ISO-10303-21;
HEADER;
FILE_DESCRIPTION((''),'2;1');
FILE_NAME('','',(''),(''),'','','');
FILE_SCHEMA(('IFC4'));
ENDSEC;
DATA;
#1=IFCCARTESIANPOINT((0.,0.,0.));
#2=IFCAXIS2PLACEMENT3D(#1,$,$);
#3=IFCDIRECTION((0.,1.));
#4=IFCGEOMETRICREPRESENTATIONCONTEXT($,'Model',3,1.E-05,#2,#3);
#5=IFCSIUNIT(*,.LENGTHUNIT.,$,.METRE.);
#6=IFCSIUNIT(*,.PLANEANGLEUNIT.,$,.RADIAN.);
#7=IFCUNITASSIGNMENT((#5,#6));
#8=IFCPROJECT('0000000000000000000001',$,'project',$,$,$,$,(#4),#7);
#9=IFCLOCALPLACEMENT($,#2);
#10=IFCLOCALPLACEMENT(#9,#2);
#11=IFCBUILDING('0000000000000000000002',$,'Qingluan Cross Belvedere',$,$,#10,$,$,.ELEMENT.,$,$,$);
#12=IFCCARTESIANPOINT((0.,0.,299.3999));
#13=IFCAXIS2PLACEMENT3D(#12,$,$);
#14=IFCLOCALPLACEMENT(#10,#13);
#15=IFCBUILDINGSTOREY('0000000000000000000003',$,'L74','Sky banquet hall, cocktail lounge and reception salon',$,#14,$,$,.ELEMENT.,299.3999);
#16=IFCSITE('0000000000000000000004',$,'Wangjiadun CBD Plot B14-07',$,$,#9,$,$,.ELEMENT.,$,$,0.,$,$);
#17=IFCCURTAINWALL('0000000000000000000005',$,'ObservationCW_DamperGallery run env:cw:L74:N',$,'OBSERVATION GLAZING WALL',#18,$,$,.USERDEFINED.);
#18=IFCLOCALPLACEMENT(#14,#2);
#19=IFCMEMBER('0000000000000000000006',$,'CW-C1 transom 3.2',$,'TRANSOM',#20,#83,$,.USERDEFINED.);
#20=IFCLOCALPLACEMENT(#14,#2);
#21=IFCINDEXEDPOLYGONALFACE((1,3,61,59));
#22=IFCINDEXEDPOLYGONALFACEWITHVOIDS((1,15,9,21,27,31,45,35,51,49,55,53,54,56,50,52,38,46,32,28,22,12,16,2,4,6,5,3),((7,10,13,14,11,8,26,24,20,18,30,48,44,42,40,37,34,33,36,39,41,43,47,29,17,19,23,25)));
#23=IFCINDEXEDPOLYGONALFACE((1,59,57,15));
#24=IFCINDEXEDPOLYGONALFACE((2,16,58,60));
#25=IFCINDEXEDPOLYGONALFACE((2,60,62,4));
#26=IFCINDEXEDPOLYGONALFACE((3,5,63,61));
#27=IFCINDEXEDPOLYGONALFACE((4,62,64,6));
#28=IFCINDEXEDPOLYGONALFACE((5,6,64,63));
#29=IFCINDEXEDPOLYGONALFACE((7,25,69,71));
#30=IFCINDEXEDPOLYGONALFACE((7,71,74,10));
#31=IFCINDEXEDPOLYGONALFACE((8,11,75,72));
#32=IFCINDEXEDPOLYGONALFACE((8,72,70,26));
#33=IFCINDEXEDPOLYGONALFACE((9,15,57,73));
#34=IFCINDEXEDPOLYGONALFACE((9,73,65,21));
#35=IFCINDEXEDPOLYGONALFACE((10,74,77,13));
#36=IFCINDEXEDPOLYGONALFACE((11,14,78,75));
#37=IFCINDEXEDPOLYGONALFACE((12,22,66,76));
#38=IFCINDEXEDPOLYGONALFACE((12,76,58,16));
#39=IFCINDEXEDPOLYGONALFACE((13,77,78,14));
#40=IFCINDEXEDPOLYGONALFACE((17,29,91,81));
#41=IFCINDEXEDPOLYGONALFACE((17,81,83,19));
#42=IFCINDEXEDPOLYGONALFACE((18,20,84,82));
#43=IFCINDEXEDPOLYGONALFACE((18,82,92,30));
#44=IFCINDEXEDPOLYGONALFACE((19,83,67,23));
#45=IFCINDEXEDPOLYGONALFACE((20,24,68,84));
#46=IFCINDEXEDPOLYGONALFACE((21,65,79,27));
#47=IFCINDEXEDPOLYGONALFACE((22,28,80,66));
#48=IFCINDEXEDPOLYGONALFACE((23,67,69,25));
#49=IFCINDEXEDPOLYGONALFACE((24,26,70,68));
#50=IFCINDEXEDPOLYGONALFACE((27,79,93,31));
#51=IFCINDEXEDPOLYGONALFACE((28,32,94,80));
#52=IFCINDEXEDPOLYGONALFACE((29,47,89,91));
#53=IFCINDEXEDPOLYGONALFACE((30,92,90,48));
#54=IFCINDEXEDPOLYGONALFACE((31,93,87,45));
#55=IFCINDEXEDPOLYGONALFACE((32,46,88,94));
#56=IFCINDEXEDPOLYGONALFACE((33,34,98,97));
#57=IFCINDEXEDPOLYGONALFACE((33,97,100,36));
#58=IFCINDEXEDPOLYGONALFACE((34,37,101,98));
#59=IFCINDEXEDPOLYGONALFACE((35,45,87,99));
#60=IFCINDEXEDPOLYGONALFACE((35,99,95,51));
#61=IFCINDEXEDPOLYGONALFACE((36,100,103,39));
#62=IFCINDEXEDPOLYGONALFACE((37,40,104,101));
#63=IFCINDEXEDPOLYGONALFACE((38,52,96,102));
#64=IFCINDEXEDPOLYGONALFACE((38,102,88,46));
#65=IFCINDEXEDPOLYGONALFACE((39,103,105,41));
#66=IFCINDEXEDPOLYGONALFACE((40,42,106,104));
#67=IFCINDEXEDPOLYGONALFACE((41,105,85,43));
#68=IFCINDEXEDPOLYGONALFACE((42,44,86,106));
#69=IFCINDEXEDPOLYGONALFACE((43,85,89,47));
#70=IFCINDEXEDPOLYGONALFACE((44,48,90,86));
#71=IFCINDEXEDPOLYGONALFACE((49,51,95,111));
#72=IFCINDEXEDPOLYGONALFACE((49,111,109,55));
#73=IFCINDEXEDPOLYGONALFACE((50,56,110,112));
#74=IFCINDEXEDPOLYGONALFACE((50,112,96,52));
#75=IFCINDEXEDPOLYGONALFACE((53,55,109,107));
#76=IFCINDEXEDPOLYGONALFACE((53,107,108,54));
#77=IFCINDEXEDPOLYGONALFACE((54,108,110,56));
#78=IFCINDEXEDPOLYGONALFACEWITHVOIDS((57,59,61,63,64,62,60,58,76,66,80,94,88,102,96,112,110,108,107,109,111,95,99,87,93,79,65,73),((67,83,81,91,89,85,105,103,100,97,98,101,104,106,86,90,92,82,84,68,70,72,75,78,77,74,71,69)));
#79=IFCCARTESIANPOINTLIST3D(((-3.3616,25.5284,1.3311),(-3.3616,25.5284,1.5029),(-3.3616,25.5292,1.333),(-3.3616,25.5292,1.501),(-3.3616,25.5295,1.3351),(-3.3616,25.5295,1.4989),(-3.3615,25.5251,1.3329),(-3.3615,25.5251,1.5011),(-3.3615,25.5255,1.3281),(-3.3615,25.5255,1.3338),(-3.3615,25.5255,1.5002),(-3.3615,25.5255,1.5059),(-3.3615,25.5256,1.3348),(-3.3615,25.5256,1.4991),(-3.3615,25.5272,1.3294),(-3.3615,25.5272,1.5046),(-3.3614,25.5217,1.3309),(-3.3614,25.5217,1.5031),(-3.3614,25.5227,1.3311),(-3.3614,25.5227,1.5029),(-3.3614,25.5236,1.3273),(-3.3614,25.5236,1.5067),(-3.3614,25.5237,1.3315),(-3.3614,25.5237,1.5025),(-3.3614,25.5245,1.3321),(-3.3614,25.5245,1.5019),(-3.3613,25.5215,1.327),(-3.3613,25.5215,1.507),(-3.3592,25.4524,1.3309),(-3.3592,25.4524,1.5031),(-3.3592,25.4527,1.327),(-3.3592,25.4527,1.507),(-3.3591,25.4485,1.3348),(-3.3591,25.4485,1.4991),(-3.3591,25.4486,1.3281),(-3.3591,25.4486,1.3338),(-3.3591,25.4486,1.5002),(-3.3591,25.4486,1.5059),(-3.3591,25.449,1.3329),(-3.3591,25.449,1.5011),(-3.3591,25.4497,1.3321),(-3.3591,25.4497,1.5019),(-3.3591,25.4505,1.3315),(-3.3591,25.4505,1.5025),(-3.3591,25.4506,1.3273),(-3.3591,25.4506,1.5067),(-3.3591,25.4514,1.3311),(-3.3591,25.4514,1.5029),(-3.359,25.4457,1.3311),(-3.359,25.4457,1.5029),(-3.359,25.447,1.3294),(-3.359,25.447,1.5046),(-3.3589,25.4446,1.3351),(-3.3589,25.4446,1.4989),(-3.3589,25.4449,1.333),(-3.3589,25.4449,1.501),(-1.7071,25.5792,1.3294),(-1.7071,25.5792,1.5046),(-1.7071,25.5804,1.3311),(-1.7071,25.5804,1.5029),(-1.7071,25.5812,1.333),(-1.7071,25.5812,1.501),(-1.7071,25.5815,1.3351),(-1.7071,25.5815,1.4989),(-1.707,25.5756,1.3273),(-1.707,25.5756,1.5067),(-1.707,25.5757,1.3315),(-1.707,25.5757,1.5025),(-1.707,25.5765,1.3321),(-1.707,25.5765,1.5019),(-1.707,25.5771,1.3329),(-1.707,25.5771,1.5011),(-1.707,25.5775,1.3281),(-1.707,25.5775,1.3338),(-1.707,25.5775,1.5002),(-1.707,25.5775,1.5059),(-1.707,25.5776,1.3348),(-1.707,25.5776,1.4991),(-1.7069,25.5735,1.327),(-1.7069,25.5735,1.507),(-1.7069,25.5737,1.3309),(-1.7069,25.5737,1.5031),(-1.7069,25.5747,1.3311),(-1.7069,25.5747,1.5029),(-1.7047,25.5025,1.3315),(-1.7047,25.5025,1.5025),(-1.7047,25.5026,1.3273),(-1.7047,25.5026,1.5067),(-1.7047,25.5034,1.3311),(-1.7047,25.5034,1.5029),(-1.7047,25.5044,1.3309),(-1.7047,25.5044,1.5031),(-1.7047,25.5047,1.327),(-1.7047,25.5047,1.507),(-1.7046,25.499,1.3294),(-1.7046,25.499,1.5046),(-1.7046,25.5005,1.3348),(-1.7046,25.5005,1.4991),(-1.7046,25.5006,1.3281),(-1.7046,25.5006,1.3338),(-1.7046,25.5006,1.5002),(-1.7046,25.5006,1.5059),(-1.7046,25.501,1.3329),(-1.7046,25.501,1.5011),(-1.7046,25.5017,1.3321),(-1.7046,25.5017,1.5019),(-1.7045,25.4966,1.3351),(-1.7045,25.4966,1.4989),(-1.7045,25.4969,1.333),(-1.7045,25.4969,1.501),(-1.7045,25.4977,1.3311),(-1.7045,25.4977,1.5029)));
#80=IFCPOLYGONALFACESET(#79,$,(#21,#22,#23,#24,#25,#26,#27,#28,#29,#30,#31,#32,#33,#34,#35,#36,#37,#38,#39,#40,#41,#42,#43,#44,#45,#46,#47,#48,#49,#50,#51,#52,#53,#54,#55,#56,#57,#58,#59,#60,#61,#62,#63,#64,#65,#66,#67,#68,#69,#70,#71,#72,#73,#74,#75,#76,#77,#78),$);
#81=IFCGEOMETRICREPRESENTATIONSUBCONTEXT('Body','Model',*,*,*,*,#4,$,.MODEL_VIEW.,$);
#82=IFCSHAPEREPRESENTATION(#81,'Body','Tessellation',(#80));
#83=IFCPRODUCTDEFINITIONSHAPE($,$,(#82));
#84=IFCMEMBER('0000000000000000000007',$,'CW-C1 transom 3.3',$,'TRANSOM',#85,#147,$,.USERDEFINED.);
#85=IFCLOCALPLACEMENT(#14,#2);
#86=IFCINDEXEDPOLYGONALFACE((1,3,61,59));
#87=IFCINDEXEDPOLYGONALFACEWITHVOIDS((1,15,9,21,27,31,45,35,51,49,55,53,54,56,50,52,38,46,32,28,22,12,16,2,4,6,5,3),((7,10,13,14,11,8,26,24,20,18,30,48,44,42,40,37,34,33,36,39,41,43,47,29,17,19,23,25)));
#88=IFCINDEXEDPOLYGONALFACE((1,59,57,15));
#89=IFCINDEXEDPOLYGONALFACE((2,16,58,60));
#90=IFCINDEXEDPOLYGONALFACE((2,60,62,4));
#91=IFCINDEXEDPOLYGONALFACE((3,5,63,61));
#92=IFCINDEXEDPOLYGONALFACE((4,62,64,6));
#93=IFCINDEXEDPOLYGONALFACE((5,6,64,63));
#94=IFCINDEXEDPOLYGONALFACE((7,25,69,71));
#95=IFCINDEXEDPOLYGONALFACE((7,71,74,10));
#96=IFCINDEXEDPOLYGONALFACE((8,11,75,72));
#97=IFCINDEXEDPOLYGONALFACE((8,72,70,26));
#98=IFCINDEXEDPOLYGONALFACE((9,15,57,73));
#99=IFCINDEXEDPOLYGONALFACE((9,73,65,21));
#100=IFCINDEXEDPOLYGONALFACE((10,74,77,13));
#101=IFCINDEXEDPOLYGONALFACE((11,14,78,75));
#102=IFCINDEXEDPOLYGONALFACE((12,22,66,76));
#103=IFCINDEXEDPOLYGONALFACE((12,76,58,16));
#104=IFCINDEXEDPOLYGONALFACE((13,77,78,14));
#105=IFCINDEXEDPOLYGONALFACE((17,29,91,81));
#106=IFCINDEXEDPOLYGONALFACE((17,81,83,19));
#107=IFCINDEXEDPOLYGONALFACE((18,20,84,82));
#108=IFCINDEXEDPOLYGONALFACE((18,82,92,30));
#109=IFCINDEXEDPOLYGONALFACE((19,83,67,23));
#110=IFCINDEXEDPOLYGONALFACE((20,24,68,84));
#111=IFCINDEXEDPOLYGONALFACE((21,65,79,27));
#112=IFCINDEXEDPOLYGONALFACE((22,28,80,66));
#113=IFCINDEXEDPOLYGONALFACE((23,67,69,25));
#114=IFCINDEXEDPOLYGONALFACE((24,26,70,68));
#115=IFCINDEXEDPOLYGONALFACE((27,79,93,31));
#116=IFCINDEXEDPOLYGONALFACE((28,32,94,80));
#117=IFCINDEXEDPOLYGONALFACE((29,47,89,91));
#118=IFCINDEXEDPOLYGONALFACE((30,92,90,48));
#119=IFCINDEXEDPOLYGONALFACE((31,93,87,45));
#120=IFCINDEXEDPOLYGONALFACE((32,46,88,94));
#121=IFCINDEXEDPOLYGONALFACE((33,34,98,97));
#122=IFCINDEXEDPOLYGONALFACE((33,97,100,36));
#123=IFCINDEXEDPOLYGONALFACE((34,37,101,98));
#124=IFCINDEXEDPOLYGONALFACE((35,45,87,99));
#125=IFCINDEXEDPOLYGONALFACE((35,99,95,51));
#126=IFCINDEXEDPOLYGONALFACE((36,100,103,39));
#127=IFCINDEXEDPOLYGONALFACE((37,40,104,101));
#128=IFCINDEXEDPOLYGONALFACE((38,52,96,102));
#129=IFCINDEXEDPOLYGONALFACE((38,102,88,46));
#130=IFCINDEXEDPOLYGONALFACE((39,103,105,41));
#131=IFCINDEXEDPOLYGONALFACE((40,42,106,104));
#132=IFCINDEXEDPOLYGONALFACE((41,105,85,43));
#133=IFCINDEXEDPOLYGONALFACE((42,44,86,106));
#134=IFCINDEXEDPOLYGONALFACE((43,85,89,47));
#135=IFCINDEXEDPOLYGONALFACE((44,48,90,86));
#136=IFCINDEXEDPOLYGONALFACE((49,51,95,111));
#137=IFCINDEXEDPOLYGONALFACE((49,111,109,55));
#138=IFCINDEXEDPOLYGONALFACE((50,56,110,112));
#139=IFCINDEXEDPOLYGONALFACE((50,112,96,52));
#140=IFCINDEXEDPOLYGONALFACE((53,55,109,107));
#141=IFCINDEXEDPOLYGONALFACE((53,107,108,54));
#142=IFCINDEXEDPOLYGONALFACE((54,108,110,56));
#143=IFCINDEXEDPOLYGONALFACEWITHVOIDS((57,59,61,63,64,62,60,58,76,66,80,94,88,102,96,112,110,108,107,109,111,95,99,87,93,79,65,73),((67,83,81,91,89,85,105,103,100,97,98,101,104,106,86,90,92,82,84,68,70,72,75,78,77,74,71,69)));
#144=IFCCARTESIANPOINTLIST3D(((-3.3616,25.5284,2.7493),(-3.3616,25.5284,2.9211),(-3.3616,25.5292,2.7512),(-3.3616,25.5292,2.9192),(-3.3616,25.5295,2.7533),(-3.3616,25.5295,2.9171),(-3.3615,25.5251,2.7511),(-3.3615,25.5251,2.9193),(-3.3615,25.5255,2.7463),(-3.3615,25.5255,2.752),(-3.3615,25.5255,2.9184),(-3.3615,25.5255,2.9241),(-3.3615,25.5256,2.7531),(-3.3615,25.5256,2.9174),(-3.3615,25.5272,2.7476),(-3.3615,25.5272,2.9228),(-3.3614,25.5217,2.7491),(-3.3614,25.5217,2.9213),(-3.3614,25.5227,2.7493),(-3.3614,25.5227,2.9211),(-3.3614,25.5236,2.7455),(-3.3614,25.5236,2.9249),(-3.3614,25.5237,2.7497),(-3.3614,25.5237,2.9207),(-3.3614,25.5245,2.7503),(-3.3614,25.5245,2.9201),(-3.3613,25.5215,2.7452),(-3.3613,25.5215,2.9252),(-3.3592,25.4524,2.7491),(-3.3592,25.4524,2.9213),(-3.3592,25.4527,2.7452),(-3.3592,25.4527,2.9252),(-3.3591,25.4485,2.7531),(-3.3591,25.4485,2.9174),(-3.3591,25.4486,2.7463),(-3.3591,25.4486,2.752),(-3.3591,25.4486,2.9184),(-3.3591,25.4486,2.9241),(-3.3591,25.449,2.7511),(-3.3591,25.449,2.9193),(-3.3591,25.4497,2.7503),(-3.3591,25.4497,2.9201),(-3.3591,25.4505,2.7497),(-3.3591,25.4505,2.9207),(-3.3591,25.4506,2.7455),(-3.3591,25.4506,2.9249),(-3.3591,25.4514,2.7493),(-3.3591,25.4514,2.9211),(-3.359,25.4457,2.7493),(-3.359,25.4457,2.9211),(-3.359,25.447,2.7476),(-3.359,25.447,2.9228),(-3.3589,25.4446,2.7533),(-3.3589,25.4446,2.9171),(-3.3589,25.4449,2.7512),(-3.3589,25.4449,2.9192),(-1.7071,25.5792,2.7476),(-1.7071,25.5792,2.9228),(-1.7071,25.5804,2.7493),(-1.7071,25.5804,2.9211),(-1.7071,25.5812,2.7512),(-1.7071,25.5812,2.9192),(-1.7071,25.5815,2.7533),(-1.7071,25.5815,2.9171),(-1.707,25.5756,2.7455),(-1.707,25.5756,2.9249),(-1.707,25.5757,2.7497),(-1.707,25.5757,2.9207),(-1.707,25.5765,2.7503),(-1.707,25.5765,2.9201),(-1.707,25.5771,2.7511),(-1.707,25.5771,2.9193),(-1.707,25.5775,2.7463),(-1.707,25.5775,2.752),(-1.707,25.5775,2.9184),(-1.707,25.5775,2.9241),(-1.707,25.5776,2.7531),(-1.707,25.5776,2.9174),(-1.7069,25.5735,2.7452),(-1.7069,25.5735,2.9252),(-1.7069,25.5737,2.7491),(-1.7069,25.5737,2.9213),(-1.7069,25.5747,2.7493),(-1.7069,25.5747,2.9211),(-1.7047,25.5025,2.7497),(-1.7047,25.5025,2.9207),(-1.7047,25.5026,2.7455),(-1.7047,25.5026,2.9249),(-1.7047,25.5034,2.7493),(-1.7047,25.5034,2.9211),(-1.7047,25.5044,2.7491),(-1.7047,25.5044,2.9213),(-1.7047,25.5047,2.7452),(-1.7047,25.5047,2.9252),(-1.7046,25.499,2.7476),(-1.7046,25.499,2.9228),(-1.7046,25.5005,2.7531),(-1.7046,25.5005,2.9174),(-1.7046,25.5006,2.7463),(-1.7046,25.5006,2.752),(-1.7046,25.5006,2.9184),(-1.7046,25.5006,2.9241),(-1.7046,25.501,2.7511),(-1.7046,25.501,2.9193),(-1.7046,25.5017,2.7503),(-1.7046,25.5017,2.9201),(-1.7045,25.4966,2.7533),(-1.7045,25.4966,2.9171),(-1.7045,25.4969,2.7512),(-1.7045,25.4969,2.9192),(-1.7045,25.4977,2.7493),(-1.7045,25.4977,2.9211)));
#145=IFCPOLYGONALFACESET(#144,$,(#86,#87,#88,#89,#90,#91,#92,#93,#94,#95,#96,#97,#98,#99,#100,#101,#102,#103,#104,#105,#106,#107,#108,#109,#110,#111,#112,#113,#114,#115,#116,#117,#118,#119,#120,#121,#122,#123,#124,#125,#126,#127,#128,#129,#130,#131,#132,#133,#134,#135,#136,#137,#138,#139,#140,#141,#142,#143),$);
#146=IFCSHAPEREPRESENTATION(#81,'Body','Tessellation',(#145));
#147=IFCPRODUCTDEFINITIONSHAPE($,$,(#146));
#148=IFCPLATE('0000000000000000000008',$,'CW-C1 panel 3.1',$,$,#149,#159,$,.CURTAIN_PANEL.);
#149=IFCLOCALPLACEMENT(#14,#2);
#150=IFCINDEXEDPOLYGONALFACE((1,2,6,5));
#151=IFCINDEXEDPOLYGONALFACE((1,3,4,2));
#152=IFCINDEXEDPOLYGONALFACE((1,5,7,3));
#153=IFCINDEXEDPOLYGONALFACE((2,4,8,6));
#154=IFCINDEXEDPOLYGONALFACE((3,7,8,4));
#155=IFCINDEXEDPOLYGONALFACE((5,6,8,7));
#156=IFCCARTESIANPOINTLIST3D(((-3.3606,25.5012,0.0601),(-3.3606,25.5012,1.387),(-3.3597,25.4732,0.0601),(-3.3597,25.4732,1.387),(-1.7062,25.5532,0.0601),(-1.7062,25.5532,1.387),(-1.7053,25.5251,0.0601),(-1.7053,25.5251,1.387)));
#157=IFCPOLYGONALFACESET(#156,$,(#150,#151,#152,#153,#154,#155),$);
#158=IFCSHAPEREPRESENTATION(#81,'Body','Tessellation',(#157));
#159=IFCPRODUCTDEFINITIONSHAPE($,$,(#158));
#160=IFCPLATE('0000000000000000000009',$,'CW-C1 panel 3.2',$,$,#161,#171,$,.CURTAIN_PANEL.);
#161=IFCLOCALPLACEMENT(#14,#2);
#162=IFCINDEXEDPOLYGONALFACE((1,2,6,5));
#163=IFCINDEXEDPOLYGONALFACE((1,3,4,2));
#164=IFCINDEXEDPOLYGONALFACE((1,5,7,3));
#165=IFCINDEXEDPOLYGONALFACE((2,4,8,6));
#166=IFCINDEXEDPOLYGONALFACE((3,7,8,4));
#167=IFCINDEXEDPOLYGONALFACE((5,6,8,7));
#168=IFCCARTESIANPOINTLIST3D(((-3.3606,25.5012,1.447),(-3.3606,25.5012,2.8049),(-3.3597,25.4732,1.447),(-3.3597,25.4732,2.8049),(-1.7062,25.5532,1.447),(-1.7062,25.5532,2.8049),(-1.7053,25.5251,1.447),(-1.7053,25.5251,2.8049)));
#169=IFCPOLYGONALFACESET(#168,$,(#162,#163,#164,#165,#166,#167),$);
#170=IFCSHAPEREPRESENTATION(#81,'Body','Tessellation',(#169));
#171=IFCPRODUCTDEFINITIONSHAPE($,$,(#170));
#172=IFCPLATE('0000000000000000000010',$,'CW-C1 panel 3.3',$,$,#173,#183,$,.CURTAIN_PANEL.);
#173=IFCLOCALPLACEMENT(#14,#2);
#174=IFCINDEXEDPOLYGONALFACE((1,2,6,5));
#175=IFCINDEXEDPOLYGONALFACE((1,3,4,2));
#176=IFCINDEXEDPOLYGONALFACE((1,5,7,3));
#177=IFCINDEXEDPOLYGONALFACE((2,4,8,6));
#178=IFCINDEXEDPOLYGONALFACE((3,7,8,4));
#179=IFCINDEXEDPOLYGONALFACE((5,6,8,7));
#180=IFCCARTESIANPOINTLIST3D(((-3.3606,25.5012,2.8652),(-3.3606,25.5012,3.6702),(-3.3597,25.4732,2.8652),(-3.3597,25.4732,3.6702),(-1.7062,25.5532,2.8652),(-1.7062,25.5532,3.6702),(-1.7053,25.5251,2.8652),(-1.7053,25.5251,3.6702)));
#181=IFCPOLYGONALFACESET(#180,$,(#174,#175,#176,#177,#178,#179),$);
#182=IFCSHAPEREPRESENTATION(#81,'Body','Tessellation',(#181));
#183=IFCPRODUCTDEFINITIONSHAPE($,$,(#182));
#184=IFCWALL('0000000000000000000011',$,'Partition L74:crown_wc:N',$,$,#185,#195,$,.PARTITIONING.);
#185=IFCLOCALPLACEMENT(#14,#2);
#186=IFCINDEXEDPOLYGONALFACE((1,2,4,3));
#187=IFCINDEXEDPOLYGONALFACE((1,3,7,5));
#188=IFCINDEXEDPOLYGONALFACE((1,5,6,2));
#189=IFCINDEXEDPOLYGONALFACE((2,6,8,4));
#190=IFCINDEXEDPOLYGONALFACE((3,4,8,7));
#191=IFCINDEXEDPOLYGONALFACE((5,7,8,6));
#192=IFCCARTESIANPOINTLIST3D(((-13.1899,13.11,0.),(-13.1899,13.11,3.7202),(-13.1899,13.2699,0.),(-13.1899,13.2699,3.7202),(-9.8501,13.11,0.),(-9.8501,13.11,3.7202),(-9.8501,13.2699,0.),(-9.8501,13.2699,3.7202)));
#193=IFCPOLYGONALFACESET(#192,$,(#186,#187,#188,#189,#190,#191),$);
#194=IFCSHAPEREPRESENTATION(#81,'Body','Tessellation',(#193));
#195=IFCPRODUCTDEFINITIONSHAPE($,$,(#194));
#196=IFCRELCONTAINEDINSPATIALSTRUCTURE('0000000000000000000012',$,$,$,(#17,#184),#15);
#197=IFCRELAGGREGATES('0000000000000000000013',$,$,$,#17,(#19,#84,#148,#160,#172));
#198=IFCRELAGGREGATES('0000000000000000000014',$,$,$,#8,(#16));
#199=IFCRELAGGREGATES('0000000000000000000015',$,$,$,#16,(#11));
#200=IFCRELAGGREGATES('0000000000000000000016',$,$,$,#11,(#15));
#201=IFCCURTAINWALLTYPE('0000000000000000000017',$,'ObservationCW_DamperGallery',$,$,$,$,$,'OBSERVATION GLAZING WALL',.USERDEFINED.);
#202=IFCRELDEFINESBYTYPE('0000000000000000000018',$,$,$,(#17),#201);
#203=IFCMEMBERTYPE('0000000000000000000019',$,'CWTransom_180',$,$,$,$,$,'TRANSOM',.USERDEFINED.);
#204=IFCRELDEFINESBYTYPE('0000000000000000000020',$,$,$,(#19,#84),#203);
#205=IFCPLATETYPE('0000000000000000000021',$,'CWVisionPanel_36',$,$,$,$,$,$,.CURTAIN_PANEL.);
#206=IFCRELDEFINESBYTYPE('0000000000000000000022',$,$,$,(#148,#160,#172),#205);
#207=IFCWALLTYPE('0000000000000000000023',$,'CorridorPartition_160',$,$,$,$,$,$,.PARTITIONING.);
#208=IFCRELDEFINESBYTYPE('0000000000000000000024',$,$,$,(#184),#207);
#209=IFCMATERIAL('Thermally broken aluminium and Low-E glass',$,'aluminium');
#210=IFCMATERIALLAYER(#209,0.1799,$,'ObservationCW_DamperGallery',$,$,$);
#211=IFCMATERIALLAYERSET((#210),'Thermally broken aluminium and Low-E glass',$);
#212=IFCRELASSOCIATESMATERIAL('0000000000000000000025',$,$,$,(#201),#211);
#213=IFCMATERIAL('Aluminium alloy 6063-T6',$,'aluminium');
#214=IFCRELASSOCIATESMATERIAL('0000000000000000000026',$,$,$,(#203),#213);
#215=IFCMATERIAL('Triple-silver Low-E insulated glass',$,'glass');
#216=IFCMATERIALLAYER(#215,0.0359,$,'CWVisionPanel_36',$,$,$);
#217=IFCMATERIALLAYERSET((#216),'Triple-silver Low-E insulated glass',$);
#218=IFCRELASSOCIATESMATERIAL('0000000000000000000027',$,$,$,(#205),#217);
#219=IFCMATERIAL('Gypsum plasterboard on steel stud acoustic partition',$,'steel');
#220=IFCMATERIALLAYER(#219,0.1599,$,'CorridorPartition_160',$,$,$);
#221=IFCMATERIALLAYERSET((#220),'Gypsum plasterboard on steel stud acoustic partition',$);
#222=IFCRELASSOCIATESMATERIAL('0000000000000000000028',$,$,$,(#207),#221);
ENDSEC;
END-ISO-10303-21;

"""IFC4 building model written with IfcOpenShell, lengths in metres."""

from ifc_helpers import new_model, si_unit, direction, frame, frame_2d, origin, origin_2d, place, context, subcontext, project, spatial, rectangle, hollow_rectangle, extrude, material, layer, layer_set, material_profile, profile_set, type_object, element, aggregate, save


model = new_model("IFC4")

# Units and contexts
model_context = context("Model", 3, precision=1e-05, world=origin(), true_north=direction((0.0, 1.0)))
body_context = subcontext(model_context, "Body", "Model", "MODEL_VIEW")
ifc_project = project(units=[si_unit("LENGTHUNIT", "METRE"), si_unit("PLANEANGLEUNIT", "RADIAN")], contexts=[model_context])

# Site, building, storey
site_placement = place(None, origin())
site = spatial("IfcSite", under=ifc_project, at=site_placement, Name="Wangjiadun CBD Plot B14-07", CompositionType="ELEMENT", RefElevation=0.0)
building_placement = place(site_placement, origin())
building = spatial("IfcBuilding", under=site, at=building_placement, Name="Qingluan Cross Belvedere", CompositionType="ELEMENT")
storey_placement = place(building_placement, frame((0.0, 0.0, 299.3999)))
storey = spatial("IfcBuildingStorey", under=building, at=storey_placement, Name="L74", Description="Sky banquet hall, cocktail lounge and reception salon", CompositionType="ELEMENT", Elevation=299.3999)

# Curtain wall, members, plates
ifc_material_1 = material(Name="Thermally broken aluminium and Low-E glass", Category="aluminium")
ifc_layer_1 = layer(ifc_material_1, 0.1799, Name="ObservationCW_DamperGallery")
ifc_layer_set_1 = layer_set([ifc_layer_1], Name="Thermally broken aluminium and Low-E glass")
curtain_wall_type = type_object("IfcCurtainWallType", Name="ObservationCW_DamperGallery", ElementType="OBSERVATION GLAZING WALL", PredefinedType="USERDEFINED", material=ifc_layer_set_1)
curtain_wall_placement = place(storey_placement, origin())
curtain_wall = element("IfcCurtainWall", 1, at=curtain_wall_placement, inside=storey, type_object=curtain_wall_type, Name="ObservationCW_DamperGallery run env:cw:L74:N", ObjectType="OBSERVATION GLAZING WALL", PredefinedType="USERDEFINED")
ifc_material_2 = material(Name="Aluminium alloy 6063-T6", Category="aluminium")
ifc_material_profile_1 = material_profile(ifc_material_2, hollow_rectangle(XDim=0.085, YDim=0.1799, WallThickness=0.0039, InnerFilletRadius=0.0039, OuterFilletRadius=0.0081, at=origin_2d()), Name="CWT180x85x4")
ifc_profile_set_1 = profile_set([ifc_material_profile_1], Name="Aluminium alloy 6063-T6")
member_type_1 = type_object("IfcMemberType", Name="CWTransom_180", ElementType="TRANSOM", PredefinedType="USERDEFINED", material=ifc_profile_set_1)
member_1_placement = place(storey_placement, frame((-1.7058, 25.5391, 1.417), z_axis=(-0.999506, -0.031414, 0.0), x_axis=(0.031414, -0.999506, 0.0)))
member_1 = element("IfcMember", 2, at=member_1_placement, type_object=member_type_1, Name="CW-C1 transom 3.2", ObjectType="TRANSOM", PredefinedType="USERDEFINED", context=body_context, shape_type="SweptSolid", body=[
    extrude(hollow_rectangle(XDim=0.085, YDim=0.1799, WallThickness=0.0039, InnerFilletRadius=0.0039, OuterFilletRadius=0.0081, at=origin_2d()), origin(), (0.0, 0.0, 1.0), 1.6553),
])
member_2_placement = place(storey_placement, frame((-1.7058, 25.5391, 2.8352), z_axis=(-0.999506, -0.031414, 0.0), x_axis=(0.031414, -0.999506, 0.0)))
member_2 = element("IfcMember", 3, at=member_2_placement, type_object=member_type_1, Name="CW-C1 transom 3.3", ObjectType="TRANSOM", PredefinedType="USERDEFINED", context=body_context, shape_type="SweptSolid", body=[
    extrude(hollow_rectangle(XDim=0.085, YDim=0.1799, WallThickness=0.0039, InnerFilletRadius=0.0039, OuterFilletRadius=0.0081, at=origin_2d()), origin(), (0.0, 0.0, 1.0), 1.6553),
])
ifc_material_3 = material(Name="Triple-silver Low-E insulated glass", Category="glass")
ifc_layer_2 = layer(ifc_material_3, 0.0359, Name="CWVisionPanel_36")
ifc_layer_set_2 = layer_set([ifc_layer_2], Name="Triple-silver Low-E insulated glass")
plate_type = type_object("IfcPlateType", Name="CWVisionPanel_36", PredefinedType="CURTAIN_PANEL", material=ifc_layer_set_2)
plate_1_placement = place(storey_placement, frame((-2.533, 25.5132, 0.0601), z_axis=(0.0, 0.0, 1.0), x_axis=(-0.999507, -0.031398, 0.0)))
plate_1 = element("IfcPlate", 4, at=plate_1_placement, type_object=plate_type, Name="CW-C1 panel 3.1", PredefinedType="CURTAIN_PANEL", context=body_context, shape_type="SweptSolid", body=[
    extrude(rectangle(XDim=1.6553, YDim=0.0281, at=origin_2d()), origin(), (0.0, 0.0, 1.0), 1.3269),
])
plate_2_placement = place(storey_placement, frame((-2.533, 25.5132, 1.447), z_axis=(0.0, 0.0, 1.0), x_axis=(-0.999507, -0.031398, 0.0)))
plate_2 = element("IfcPlate", 5, at=plate_2_placement, type_object=plate_type, Name="CW-C1 panel 3.2", PredefinedType="CURTAIN_PANEL", context=body_context, shape_type="SweptSolid", body=[
    extrude(rectangle(XDim=1.6553, YDim=0.0281, at=origin_2d()), origin(), (0.0, 0.0, 1.0), 1.3579),
])
plate_3_placement = place(storey_placement, frame((-2.533, 25.5132, 2.8652), z_axis=(0.0, 0.0, 1.0), x_axis=(-0.999507, -0.031398, 0.0)))
plate_3 = element("IfcPlate", 6, at=plate_3_placement, type_object=plate_type, Name="CW-C1 panel 3.3", PredefinedType="CURTAIN_PANEL", context=body_context, shape_type="SweptSolid", body=[
    extrude(rectangle(XDim=1.6553, YDim=0.0281, at=origin_2d()), origin(), (0.0, 0.0, 1.0), 0.8049),
])
aggregate(curtain_wall, [member_1, member_2, plate_1, plate_2, plate_3])

# Wall
ifc_material_4 = material(Name="Gypsum plasterboard on steel stud acoustic partition", Category="steel")
ifc_layer_3 = layer(ifc_material_4, 0.1599, Name="CorridorPartition_160")
ifc_layer_set_3 = layer_set([ifc_layer_3], Name="Gypsum plasterboard on steel stud acoustic partition")
wall_type_1 = type_object("IfcWallType", Name="CorridorPartition_160", PredefinedType="PARTITIONING", material=ifc_layer_set_3)
wall_1_placement = place(storey_placement, frame((-13.1899, 13.1899, 0.0), z_axis=(0.0, 0.0, 1.0), x_axis=(1.0, 0.0, 0.0)))
element("IfcWall", 7, at=wall_1_placement, inside=storey, type_object=wall_type_1, Name="Partition L74:crown_wc:N", PredefinedType="PARTITIONING", context=body_context, shape_type="SweptSolid", body=[
    extrude(rectangle(XDim=3.3398, YDim=0.1599, at=frame_2d((1.6699, 0.0))), origin(), (0.0, 0.0, 1.0), 3.7202),
])

save(model, "model.ifc")
